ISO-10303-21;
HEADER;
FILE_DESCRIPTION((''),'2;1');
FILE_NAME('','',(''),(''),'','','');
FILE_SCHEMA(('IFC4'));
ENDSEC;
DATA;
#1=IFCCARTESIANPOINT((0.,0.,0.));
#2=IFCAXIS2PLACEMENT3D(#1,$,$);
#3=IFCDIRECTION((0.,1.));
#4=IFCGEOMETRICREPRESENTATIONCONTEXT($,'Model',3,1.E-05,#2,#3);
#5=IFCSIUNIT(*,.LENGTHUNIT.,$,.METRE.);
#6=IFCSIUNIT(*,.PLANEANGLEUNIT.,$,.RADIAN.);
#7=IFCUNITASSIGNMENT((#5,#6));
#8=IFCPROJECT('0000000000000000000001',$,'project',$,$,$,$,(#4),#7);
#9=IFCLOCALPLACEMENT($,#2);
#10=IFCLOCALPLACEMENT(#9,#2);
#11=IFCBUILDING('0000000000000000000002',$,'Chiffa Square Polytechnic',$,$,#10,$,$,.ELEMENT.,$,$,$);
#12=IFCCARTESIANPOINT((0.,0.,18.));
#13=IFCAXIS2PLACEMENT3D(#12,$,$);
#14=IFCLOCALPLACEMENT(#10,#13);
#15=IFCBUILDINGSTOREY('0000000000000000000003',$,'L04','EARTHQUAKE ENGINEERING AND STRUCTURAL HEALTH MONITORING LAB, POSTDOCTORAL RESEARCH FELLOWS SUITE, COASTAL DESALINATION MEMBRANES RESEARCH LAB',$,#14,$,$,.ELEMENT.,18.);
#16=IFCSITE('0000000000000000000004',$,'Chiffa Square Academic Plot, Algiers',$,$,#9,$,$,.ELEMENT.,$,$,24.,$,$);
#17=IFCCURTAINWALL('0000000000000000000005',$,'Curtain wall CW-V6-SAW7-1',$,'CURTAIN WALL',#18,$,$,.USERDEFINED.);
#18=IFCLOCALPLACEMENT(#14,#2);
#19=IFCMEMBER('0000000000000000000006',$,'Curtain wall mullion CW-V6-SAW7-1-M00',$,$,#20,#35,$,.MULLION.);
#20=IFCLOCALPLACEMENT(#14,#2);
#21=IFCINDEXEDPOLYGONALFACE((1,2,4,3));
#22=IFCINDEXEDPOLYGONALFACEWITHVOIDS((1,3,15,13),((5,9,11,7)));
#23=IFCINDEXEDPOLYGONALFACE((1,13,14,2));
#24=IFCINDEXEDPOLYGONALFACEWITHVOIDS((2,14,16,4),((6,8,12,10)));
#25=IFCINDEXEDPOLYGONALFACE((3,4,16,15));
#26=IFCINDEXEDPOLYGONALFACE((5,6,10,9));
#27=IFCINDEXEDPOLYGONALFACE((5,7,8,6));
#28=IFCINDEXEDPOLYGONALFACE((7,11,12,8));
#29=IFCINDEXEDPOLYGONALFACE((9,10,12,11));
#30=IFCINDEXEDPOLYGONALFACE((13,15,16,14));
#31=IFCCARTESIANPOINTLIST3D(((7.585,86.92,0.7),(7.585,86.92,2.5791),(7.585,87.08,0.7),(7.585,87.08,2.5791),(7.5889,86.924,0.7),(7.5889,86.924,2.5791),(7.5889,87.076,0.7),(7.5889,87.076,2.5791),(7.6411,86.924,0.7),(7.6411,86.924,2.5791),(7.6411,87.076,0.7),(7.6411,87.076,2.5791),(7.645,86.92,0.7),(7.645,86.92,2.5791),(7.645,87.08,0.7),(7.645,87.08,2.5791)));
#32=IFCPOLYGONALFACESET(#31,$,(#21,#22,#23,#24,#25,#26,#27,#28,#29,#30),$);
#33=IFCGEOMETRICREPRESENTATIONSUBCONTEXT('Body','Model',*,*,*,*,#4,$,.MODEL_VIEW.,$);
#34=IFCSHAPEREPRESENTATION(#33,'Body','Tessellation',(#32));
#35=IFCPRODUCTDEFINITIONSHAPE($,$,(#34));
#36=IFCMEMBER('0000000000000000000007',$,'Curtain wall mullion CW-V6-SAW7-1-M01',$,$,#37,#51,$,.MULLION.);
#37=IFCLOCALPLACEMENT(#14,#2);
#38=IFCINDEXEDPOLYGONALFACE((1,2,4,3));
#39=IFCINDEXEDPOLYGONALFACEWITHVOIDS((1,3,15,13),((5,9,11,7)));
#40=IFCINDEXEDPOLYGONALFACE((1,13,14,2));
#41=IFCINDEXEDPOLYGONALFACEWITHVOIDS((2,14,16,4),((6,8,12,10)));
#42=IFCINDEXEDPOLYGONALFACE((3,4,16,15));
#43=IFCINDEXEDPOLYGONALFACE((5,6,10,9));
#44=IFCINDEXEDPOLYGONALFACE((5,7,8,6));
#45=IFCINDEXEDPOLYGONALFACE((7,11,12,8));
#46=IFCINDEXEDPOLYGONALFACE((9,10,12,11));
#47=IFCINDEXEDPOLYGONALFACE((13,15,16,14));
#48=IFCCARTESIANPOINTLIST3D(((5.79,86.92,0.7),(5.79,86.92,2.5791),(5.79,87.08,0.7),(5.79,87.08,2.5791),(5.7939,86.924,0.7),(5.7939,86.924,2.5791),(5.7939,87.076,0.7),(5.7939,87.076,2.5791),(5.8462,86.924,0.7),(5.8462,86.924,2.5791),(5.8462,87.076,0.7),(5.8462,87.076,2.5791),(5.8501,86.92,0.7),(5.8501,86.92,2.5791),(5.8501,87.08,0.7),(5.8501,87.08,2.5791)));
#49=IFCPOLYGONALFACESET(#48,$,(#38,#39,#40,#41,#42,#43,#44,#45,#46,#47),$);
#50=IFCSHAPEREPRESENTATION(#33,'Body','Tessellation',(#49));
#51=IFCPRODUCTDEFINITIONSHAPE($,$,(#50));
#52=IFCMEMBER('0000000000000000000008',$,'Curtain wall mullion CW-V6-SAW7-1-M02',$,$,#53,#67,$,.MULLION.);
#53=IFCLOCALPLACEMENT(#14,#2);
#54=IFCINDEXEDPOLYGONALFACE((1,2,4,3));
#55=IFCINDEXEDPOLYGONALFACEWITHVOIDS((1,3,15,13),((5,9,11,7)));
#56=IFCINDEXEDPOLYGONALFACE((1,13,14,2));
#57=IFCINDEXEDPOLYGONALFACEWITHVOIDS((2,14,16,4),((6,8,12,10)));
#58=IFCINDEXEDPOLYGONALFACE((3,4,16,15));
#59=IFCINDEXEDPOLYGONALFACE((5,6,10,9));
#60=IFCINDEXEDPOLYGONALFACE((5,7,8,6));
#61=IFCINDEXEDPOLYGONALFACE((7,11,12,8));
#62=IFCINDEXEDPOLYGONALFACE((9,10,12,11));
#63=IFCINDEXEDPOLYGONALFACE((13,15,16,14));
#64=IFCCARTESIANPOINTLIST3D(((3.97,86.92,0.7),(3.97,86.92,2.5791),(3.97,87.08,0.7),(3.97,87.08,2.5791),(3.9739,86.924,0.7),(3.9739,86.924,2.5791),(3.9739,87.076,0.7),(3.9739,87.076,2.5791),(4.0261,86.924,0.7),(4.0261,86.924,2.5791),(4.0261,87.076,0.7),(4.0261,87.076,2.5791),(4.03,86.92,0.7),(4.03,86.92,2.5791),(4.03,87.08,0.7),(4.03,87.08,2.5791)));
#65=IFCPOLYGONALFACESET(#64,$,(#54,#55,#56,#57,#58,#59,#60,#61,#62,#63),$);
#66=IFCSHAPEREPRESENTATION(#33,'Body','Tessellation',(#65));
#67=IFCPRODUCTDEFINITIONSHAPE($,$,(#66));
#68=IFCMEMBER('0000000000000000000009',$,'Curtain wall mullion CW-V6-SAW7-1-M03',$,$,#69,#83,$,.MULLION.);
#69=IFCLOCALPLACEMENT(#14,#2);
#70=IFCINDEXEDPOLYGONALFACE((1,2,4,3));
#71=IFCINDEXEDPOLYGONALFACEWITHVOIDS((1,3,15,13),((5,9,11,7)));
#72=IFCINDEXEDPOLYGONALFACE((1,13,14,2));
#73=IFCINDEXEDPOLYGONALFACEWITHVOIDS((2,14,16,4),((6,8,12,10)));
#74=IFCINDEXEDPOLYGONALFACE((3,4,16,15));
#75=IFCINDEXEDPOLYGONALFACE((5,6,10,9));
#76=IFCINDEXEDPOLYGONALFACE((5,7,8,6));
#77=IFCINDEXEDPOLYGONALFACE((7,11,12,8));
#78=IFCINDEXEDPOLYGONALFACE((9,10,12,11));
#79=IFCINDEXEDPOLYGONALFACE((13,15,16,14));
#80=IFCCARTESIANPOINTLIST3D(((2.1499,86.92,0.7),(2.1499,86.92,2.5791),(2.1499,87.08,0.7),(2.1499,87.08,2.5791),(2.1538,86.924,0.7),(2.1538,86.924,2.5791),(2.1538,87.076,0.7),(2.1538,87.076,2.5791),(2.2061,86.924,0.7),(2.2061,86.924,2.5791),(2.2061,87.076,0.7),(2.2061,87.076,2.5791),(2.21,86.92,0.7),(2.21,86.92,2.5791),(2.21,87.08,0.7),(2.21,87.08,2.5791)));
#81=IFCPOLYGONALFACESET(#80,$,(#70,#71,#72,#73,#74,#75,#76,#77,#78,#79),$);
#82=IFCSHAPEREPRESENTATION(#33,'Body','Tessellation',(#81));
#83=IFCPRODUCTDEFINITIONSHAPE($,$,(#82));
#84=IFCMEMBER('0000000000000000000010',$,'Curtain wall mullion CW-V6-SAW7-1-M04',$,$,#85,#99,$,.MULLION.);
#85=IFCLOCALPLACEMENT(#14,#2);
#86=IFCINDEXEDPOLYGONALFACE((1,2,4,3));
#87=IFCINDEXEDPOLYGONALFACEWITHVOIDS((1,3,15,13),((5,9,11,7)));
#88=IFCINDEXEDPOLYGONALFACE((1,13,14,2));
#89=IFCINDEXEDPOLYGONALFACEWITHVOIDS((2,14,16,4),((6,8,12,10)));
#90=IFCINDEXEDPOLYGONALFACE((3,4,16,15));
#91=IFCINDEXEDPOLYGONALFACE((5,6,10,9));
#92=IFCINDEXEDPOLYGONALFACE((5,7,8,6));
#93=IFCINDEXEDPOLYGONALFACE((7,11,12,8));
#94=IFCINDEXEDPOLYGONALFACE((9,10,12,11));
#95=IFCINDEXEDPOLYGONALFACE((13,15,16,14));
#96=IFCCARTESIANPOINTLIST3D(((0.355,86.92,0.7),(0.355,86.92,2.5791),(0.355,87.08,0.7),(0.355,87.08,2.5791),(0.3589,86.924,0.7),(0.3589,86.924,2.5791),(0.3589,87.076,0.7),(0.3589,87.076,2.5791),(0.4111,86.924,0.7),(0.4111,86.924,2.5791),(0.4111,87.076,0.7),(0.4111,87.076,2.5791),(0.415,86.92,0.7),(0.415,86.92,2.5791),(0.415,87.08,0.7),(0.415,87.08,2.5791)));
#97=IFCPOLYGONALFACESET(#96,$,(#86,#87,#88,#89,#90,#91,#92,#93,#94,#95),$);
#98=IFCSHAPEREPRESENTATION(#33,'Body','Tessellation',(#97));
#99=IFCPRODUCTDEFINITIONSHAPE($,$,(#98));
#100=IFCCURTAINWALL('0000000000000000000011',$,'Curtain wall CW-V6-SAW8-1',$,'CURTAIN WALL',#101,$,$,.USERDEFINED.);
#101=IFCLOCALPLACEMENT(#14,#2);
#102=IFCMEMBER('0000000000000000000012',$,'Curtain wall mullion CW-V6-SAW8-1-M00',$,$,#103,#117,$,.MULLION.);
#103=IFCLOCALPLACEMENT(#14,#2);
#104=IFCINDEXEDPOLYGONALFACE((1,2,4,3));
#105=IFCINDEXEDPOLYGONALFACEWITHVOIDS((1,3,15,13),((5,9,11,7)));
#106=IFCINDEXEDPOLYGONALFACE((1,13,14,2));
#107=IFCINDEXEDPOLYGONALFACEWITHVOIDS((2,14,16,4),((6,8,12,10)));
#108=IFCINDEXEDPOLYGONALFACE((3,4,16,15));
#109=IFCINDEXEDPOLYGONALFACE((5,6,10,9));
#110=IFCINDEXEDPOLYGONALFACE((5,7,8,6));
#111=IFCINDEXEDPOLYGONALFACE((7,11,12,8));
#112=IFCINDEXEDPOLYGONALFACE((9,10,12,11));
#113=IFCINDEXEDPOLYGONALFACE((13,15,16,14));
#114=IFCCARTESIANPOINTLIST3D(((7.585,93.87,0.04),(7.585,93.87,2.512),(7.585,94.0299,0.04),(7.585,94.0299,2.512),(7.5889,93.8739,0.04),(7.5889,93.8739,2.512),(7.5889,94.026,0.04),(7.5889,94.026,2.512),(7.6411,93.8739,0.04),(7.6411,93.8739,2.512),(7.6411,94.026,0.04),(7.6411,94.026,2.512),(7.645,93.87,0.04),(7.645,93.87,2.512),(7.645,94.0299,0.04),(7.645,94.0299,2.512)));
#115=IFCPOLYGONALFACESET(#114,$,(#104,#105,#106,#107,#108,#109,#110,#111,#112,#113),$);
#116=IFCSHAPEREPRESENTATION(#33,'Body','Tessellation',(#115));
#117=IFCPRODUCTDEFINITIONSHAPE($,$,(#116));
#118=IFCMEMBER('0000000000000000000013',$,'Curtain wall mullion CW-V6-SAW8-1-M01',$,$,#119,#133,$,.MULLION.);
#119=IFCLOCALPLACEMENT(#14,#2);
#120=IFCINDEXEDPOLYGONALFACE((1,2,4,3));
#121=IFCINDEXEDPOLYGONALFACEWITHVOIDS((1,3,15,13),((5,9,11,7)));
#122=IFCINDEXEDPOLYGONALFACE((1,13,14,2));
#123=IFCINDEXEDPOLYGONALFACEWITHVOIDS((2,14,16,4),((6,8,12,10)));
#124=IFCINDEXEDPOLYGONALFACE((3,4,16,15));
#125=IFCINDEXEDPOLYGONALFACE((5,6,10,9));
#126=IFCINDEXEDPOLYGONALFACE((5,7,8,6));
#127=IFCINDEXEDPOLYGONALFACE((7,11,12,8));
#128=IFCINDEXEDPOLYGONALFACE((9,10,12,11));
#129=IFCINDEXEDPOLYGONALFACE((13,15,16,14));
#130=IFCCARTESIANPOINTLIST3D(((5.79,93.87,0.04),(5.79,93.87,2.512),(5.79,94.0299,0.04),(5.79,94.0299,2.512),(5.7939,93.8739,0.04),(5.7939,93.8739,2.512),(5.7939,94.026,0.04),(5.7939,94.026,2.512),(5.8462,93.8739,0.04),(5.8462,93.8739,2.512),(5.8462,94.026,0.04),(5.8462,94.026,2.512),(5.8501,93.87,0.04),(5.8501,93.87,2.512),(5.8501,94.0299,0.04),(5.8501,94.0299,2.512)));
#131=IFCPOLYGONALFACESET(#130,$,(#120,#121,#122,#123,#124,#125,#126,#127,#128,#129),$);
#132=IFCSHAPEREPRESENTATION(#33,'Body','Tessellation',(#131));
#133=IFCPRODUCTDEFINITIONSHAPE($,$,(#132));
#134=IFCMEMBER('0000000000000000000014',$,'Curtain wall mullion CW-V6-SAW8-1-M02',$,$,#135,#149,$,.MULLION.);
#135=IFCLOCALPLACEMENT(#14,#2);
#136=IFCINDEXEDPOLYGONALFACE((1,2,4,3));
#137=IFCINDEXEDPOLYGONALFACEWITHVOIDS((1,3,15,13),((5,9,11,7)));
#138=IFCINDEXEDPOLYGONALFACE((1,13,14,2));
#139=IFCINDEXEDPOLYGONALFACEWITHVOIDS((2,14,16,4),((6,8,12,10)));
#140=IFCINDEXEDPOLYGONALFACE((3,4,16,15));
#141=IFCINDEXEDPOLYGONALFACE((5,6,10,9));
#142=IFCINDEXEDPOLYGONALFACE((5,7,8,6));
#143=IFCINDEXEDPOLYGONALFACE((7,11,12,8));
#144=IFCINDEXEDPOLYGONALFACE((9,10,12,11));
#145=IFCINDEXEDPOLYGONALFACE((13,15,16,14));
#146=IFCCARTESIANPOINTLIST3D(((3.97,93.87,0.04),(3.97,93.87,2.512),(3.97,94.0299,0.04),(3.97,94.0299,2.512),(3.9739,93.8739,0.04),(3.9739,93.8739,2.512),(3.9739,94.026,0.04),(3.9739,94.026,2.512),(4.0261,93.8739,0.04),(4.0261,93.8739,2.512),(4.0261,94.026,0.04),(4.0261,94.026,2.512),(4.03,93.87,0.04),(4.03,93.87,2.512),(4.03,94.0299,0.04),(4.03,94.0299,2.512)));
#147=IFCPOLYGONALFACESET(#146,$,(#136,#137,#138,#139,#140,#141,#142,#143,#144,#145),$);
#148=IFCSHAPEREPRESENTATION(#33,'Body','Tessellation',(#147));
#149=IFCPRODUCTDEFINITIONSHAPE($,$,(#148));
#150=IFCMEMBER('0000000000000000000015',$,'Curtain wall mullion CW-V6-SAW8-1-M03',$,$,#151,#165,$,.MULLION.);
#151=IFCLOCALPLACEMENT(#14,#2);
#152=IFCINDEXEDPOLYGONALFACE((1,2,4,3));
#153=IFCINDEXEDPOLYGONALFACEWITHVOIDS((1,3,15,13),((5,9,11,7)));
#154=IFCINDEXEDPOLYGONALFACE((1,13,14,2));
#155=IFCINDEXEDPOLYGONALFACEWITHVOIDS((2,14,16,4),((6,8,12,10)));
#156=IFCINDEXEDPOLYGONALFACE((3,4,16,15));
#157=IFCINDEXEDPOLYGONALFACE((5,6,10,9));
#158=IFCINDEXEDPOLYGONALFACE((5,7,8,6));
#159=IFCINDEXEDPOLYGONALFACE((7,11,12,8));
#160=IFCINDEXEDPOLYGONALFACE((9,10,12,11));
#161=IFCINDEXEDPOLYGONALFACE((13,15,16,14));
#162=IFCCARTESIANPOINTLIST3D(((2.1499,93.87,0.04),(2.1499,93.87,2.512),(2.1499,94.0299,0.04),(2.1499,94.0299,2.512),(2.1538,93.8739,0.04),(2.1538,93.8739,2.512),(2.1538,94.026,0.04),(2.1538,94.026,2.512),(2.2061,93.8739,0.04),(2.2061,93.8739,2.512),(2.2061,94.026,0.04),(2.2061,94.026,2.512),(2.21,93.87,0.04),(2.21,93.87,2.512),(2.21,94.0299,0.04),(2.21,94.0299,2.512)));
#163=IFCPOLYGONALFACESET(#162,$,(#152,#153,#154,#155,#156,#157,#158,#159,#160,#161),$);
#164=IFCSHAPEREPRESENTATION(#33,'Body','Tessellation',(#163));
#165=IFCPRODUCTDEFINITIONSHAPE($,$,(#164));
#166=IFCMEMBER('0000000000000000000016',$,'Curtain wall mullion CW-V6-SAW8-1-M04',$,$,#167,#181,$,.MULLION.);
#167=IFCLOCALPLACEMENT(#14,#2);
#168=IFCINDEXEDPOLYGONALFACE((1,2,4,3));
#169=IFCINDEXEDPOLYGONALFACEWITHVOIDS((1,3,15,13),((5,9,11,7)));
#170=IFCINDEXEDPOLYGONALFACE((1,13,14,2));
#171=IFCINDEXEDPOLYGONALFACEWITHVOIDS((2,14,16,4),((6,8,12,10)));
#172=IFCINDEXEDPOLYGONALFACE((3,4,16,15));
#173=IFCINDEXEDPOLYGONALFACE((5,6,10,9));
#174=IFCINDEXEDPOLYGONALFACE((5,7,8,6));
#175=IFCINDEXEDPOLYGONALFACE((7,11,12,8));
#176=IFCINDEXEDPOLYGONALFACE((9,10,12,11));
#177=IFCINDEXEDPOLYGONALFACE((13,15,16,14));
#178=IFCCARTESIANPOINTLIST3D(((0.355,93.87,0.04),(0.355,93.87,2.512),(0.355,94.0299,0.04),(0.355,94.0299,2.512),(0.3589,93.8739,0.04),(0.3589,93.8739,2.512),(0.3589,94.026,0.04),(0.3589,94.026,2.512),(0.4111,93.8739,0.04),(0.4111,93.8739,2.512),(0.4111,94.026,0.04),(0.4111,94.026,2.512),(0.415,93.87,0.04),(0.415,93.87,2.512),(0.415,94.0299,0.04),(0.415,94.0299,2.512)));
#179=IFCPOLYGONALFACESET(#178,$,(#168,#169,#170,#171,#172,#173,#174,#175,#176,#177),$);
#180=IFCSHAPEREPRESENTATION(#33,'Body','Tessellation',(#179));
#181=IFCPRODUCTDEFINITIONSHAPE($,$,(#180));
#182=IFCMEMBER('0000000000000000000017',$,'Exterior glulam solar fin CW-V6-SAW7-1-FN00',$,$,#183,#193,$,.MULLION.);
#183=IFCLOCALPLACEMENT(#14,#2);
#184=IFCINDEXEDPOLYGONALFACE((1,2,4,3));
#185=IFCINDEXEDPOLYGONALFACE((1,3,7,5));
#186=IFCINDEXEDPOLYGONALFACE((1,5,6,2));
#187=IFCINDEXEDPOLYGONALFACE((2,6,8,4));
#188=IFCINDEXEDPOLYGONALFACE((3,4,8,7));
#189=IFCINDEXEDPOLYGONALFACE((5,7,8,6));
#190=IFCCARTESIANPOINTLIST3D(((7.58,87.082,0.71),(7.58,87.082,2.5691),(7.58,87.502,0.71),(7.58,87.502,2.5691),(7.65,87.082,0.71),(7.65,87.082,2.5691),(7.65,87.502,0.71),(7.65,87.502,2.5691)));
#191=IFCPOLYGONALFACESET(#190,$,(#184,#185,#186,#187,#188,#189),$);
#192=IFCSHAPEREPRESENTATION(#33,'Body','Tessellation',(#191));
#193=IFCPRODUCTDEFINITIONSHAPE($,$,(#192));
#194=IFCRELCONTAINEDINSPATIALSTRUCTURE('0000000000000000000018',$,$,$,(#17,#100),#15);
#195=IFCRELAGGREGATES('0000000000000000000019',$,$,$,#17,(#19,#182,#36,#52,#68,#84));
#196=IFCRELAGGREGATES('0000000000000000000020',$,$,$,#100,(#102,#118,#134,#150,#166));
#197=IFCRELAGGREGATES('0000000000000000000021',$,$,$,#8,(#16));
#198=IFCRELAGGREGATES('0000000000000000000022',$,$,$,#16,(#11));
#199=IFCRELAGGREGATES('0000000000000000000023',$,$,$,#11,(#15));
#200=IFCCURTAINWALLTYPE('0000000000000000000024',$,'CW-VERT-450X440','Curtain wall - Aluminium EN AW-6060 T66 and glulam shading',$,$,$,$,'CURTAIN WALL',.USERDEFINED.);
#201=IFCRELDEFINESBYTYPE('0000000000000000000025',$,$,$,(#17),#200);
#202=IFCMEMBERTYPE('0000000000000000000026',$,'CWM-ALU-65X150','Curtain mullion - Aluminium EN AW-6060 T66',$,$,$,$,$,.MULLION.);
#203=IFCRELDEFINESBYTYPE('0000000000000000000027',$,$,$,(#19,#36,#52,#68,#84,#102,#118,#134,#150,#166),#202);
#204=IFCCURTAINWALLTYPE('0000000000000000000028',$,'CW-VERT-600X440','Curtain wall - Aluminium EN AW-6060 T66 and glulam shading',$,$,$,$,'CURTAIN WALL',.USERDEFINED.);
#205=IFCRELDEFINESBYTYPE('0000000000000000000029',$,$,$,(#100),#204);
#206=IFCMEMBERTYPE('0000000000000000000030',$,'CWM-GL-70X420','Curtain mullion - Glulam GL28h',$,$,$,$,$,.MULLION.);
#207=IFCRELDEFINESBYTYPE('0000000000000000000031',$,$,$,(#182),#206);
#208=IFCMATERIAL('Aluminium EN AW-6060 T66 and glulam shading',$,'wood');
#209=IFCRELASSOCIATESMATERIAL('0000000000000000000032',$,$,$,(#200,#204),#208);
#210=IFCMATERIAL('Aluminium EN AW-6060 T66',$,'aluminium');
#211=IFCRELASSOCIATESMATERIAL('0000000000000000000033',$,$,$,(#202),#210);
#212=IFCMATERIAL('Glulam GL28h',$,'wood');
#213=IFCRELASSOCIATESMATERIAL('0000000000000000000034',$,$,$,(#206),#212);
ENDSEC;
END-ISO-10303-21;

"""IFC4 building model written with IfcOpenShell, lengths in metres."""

from ifc_helpers import new_model, si_unit, direction, frame, origin, origin_2d, place, context, subcontext, project, spatial, rectangle, hollow_rectangle, extrude, material, material_profile, profile_set, type_object, element, aggregate, save


model = new_model("IFC4")

# Units and contexts
model_context = context("Model", 3, precision=1e-05, world=origin(), true_north=direction((0.0, 1.0)))
body_context = subcontext(model_context, "Body", "Model", "MODEL_VIEW")
ifc_project = project(units=[si_unit("LENGTHUNIT", "METRE"), si_unit("PLANEANGLEUNIT", "RADIAN")], contexts=[model_context])

# Site, building, storey
site_placement = place(None, origin())
site = spatial("IfcSite", under=ifc_project, at=site_placement, Name="Chiffa Square Academic Plot, Algiers", CompositionType="ELEMENT", RefElevation=24.0)
building_placement = place(site_placement, origin())
building = spatial("IfcBuilding", under=site, at=building_placement, Name="Chiffa Square Polytechnic", CompositionType="ELEMENT")
storey_placement = place(building_placement, frame((0.0, 0.0, 18.0)))
storey = spatial("IfcBuildingStorey", under=building, at=storey_placement, Name="L04", Description="EARTHQUAKE ENGINEERING AND STRUCTURAL HEALTH MONITORING LAB, POSTDOCTORAL RESEARCH FELLOWS SUITE, COASTAL DESALINATION MEMBRANES RESEARCH LAB", CompositionType="ELEMENT", Elevation=18.0)

# Curtain walls, members
ifc_material_1 = material(Name="Aluminium EN AW-6060 T66 and glulam shading", Category="wood")
curtain_wall_type_1 = type_object("IfcCurtainWallType", Name="CW-VERT-450X440", Description="Curtain wall - Aluminium EN AW-6060 T66 and glulam shading", ElementType="CURTAIN WALL", PredefinedType="USERDEFINED", material=ifc_material_1)
curtain_wall_1_placement = place(storey_placement, origin())
curtain_wall_1 = element("IfcCurtainWall", 1, at=curtain_wall_1_placement, inside=storey, type_object=curtain_wall_type_1, Name="Curtain wall CW-V6-SAW7-1", ObjectType="CURTAIN WALL", PredefinedType="USERDEFINED")
ifc_material_2 = material(Name="Aluminium EN AW-6060 T66", Category="aluminium")
ifc_material_profile_1 = material_profile(ifc_material_2, hollow_rectangle(XDim=0.0601, YDim=0.1599, WallThickness=0.0039, at=origin_2d()), Name="ALU 60x160x4")
ifc_profile_set_1 = profile_set([ifc_material_profile_1], Name="Aluminium EN AW-6060 T66")
member_type_1 = type_object("IfcMemberType", Name="CWM-ALU-65X150", Description="Curtain mullion - Aluminium EN AW-6060 T66", PredefinedType="MULLION", material=ifc_profile_set_1)
member_1_placement = place(storey_placement, frame((7.615, 87.0, 0.7), z_axis=(0.0, 0.0, 1.0), x_axis=(1.0, 0.0, 0.0)))
member_1 = element("IfcMember", 2, at=member_1_placement, type_object=member_type_1, Name="Curtain wall mullion CW-V6-SAW7-1-M00", PredefinedType="MULLION", context=body_context, shape_type="SweptSolid", body=[
    extrude(hollow_rectangle(XDim=0.0601, YDim=0.1599, WallThickness=0.0039, at=origin_2d()), origin(), (0.0, 0.0, 1.0), 1.8792),
])
member_2_placement = place(storey_placement, frame((5.8201, 87.0, 0.7), z_axis=(0.0, 0.0, 1.0), x_axis=(1.0, 0.0, 0.0)))
member_2 = element("IfcMember", 3, at=member_2_placement, type_object=member_type_1, Name="Curtain wall mullion CW-V6-SAW7-1-M01", PredefinedType="MULLION", context=body_context, shape_type="SweptSolid", body=[
    extrude(hollow_rectangle(XDim=0.0601, YDim=0.1599, WallThickness=0.0039, at=origin_2d()), origin(), (0.0, 0.0, 1.0), 1.8792),
])
member_3_placement = place(storey_placement, frame((4.0, 87.0, 0.7), z_axis=(0.0, 0.0, 1.0), x_axis=(1.0, 0.0, 0.0)))
member_3 = element("IfcMember", 4, at=member_3_placement, type_object=member_type_1, Name="Curtain wall mullion CW-V6-SAW7-1-M02", PredefinedType="MULLION", context=body_context, shape_type="SweptSolid", body=[
    extrude(hollow_rectangle(XDim=0.0601, YDim=0.1599, WallThickness=0.0039, at=origin_2d()), origin(), (0.0, 0.0, 1.0), 1.8792),
])
member_4_placement = place(storey_placement, frame((2.1799, 87.0, 0.7), z_axis=(0.0, 0.0, 1.0), x_axis=(1.0, 0.0, 0.0)))
member_4 = element("IfcMember", 5, at=member_4_placement, type_object=member_type_1, Name="Curtain wall mullion CW-V6-SAW7-1-M03", PredefinedType="MULLION", context=body_context, shape_type="SweptSolid", body=[
    extrude(hollow_rectangle(XDim=0.0601, YDim=0.1599, WallThickness=0.0039, at=origin_2d()), origin(), (0.0, 0.0, 1.0), 1.8792),
])
member_5_placement = place(storey_placement, frame((0.385, 87.0, 0.7), z_axis=(0.0, 0.0, 1.0), x_axis=(1.0, 0.0, 0.0)))
member_5 = element("IfcMember", 6, at=member_5_placement, type_object=member_type_1, Name="Curtain wall mullion CW-V6-SAW7-1-M04", PredefinedType="MULLION", context=body_context, shape_type="SweptSolid", body=[
    extrude(hollow_rectangle(XDim=0.0601, YDim=0.1599, WallThickness=0.0039, at=origin_2d()), origin(), (0.0, 0.0, 1.0), 1.8792),
])
curtain_wall_type_2 = type_object("IfcCurtainWallType", Name="CW-VERT-600X440", Description="Curtain wall - Aluminium EN AW-6060 T66 and glulam shading", ElementType="CURTAIN WALL", PredefinedType="USERDEFINED", material=ifc_material_1)
curtain_wall_2_placement = place(storey_placement, origin())
curtain_wall_2 = element("IfcCurtainWall", 7, at=curtain_wall_2_placement, inside=storey, type_object=curtain_wall_type_2, Name="Curtain wall CW-V6-SAW8-1", ObjectType="CURTAIN WALL", PredefinedType="USERDEFINED")
member_6_placement = place(storey_placement, frame((7.615, 93.95, 0.04), z_axis=(0.0, 0.0, 1.0), x_axis=(1.0, 0.0, 0.0)))
member_6 = element("IfcMember", 8, at=member_6_placement, type_object=member_type_1, Name="Curtain wall mullion CW-V6-SAW8-1-M00", PredefinedType="MULLION", context=body_context, shape_type="SweptSolid", body=[
    extrude(hollow_rectangle(XDim=0.0601, YDim=0.1599, WallThickness=0.0039, at=origin_2d()), origin(), (0.0, 0.0, 1.0), 2.4719),
])
member_7_placement = place(storey_placement, frame((5.8201, 93.95, 0.04), z_axis=(0.0, 0.0, 1.0), x_axis=(1.0, 0.0, 0.0)))
member_7 = element("IfcMember", 9, at=member_7_placement, type_object=member_type_1, Name="Curtain wall mullion CW-V6-SAW8-1-M01", PredefinedType="MULLION", context=body_context, shape_type="SweptSolid", body=[
    extrude(hollow_rectangle(XDim=0.0601, YDim=0.1599, WallThickness=0.0039, at=origin_2d()), origin(), (0.0, 0.0, 1.0), 2.4719),
])
member_8_placement = place(storey_placement, frame((4.0, 93.95, 0.04), z_axis=(0.0, 0.0, 1.0), x_axis=(1.0, 0.0, 0.0)))
member_8 = element("IfcMember", 10, at=member_8_placement, type_object=member_type_1, Name="Curtain wall mullion CW-V6-SAW8-1-M02", PredefinedType="MULLION", context=body_context, shape_type="SweptSolid", body=[
    extrude(hollow_rectangle(XDim=0.0601, YDim=0.1599, WallThickness=0.0039, at=origin_2d()), origin(), (0.0, 0.0, 1.0), 2.4719),
])
member_9_placement = place(storey_placement, frame((2.1799, 93.95, 0.04), z_axis=(0.0, 0.0, 1.0), x_axis=(1.0, 0.0, 0.0)))
member_9 = element("IfcMember", 11, at=member_9_placement, type_object=member_type_1, Name="Curtain wall mullion CW-V6-SAW8-1-M03", PredefinedType="MULLION", context=body_context, shape_type="SweptSolid", body=[
    extrude(hollow_rectangle(XDim=0.0601, YDim=0.1599, WallThickness=0.0039, at=origin_2d()), origin(), (0.0, 0.0, 1.0), 2.4719),
])
member_10_placement = place(storey_placement, frame((0.385, 93.95, 0.04), z_axis=(0.0, 0.0, 1.0), x_axis=(1.0, 0.0, 0.0)))
member_10 = element("IfcMember", 12, at=member_10_placement, type_object=member_type_1, Name="Curtain wall mullion CW-V6-SAW8-1-M04", PredefinedType="MULLION", context=body_context, shape_type="SweptSolid", body=[
    extrude(hollow_rectangle(XDim=0.0601, YDim=0.1599, WallThickness=0.0039, at=origin_2d()), origin(), (0.0, 0.0, 1.0), 2.4719),
])

# Member
ifc_material_3 = material(Name="Glulam GL28h", Category="wood")
ifc_material_profile_2 = material_profile(ifc_material_3, rectangle(XDim=0.0701, YDim=0.4199, at=origin_2d()), Name="GL28h 70x420")
ifc_profile_set_2 = profile_set([ifc_material_profile_2], Name="Glulam GL28h")
member_type_2 = type_object("IfcMemberType", Name="CWM-GL-70X420", Description="Curtain mullion - Glulam GL28h", PredefinedType="MULLION", material=ifc_profile_set_2)
member_11_placement = place(storey_placement, frame((7.615, 87.292, 0.71), z_axis=(0.0, 0.0, 1.0), x_axis=(-1.0, 0.0, 0.0)))
member_11 = element("IfcMember", 13, at=member_11_placement, type_object=member_type_2, Name="Exterior glulam solar fin CW-V6-SAW7-1-FN00", PredefinedType="MULLION", context=body_context, shape_type="SweptSolid", body=[
    extrude(rectangle(XDim=0.0701, YDim=0.4199, at=origin_2d()), origin(), (0.0, 0.0, 1.0), 1.8591),
])

aggregate(curtain_wall_1, [member_1, member_11, member_2, member_3, member_4, member_5])
aggregate(curtain_wall_2, [member_6, member_7, member_8, member_9, member_10])

save(model, "model.ifc")
